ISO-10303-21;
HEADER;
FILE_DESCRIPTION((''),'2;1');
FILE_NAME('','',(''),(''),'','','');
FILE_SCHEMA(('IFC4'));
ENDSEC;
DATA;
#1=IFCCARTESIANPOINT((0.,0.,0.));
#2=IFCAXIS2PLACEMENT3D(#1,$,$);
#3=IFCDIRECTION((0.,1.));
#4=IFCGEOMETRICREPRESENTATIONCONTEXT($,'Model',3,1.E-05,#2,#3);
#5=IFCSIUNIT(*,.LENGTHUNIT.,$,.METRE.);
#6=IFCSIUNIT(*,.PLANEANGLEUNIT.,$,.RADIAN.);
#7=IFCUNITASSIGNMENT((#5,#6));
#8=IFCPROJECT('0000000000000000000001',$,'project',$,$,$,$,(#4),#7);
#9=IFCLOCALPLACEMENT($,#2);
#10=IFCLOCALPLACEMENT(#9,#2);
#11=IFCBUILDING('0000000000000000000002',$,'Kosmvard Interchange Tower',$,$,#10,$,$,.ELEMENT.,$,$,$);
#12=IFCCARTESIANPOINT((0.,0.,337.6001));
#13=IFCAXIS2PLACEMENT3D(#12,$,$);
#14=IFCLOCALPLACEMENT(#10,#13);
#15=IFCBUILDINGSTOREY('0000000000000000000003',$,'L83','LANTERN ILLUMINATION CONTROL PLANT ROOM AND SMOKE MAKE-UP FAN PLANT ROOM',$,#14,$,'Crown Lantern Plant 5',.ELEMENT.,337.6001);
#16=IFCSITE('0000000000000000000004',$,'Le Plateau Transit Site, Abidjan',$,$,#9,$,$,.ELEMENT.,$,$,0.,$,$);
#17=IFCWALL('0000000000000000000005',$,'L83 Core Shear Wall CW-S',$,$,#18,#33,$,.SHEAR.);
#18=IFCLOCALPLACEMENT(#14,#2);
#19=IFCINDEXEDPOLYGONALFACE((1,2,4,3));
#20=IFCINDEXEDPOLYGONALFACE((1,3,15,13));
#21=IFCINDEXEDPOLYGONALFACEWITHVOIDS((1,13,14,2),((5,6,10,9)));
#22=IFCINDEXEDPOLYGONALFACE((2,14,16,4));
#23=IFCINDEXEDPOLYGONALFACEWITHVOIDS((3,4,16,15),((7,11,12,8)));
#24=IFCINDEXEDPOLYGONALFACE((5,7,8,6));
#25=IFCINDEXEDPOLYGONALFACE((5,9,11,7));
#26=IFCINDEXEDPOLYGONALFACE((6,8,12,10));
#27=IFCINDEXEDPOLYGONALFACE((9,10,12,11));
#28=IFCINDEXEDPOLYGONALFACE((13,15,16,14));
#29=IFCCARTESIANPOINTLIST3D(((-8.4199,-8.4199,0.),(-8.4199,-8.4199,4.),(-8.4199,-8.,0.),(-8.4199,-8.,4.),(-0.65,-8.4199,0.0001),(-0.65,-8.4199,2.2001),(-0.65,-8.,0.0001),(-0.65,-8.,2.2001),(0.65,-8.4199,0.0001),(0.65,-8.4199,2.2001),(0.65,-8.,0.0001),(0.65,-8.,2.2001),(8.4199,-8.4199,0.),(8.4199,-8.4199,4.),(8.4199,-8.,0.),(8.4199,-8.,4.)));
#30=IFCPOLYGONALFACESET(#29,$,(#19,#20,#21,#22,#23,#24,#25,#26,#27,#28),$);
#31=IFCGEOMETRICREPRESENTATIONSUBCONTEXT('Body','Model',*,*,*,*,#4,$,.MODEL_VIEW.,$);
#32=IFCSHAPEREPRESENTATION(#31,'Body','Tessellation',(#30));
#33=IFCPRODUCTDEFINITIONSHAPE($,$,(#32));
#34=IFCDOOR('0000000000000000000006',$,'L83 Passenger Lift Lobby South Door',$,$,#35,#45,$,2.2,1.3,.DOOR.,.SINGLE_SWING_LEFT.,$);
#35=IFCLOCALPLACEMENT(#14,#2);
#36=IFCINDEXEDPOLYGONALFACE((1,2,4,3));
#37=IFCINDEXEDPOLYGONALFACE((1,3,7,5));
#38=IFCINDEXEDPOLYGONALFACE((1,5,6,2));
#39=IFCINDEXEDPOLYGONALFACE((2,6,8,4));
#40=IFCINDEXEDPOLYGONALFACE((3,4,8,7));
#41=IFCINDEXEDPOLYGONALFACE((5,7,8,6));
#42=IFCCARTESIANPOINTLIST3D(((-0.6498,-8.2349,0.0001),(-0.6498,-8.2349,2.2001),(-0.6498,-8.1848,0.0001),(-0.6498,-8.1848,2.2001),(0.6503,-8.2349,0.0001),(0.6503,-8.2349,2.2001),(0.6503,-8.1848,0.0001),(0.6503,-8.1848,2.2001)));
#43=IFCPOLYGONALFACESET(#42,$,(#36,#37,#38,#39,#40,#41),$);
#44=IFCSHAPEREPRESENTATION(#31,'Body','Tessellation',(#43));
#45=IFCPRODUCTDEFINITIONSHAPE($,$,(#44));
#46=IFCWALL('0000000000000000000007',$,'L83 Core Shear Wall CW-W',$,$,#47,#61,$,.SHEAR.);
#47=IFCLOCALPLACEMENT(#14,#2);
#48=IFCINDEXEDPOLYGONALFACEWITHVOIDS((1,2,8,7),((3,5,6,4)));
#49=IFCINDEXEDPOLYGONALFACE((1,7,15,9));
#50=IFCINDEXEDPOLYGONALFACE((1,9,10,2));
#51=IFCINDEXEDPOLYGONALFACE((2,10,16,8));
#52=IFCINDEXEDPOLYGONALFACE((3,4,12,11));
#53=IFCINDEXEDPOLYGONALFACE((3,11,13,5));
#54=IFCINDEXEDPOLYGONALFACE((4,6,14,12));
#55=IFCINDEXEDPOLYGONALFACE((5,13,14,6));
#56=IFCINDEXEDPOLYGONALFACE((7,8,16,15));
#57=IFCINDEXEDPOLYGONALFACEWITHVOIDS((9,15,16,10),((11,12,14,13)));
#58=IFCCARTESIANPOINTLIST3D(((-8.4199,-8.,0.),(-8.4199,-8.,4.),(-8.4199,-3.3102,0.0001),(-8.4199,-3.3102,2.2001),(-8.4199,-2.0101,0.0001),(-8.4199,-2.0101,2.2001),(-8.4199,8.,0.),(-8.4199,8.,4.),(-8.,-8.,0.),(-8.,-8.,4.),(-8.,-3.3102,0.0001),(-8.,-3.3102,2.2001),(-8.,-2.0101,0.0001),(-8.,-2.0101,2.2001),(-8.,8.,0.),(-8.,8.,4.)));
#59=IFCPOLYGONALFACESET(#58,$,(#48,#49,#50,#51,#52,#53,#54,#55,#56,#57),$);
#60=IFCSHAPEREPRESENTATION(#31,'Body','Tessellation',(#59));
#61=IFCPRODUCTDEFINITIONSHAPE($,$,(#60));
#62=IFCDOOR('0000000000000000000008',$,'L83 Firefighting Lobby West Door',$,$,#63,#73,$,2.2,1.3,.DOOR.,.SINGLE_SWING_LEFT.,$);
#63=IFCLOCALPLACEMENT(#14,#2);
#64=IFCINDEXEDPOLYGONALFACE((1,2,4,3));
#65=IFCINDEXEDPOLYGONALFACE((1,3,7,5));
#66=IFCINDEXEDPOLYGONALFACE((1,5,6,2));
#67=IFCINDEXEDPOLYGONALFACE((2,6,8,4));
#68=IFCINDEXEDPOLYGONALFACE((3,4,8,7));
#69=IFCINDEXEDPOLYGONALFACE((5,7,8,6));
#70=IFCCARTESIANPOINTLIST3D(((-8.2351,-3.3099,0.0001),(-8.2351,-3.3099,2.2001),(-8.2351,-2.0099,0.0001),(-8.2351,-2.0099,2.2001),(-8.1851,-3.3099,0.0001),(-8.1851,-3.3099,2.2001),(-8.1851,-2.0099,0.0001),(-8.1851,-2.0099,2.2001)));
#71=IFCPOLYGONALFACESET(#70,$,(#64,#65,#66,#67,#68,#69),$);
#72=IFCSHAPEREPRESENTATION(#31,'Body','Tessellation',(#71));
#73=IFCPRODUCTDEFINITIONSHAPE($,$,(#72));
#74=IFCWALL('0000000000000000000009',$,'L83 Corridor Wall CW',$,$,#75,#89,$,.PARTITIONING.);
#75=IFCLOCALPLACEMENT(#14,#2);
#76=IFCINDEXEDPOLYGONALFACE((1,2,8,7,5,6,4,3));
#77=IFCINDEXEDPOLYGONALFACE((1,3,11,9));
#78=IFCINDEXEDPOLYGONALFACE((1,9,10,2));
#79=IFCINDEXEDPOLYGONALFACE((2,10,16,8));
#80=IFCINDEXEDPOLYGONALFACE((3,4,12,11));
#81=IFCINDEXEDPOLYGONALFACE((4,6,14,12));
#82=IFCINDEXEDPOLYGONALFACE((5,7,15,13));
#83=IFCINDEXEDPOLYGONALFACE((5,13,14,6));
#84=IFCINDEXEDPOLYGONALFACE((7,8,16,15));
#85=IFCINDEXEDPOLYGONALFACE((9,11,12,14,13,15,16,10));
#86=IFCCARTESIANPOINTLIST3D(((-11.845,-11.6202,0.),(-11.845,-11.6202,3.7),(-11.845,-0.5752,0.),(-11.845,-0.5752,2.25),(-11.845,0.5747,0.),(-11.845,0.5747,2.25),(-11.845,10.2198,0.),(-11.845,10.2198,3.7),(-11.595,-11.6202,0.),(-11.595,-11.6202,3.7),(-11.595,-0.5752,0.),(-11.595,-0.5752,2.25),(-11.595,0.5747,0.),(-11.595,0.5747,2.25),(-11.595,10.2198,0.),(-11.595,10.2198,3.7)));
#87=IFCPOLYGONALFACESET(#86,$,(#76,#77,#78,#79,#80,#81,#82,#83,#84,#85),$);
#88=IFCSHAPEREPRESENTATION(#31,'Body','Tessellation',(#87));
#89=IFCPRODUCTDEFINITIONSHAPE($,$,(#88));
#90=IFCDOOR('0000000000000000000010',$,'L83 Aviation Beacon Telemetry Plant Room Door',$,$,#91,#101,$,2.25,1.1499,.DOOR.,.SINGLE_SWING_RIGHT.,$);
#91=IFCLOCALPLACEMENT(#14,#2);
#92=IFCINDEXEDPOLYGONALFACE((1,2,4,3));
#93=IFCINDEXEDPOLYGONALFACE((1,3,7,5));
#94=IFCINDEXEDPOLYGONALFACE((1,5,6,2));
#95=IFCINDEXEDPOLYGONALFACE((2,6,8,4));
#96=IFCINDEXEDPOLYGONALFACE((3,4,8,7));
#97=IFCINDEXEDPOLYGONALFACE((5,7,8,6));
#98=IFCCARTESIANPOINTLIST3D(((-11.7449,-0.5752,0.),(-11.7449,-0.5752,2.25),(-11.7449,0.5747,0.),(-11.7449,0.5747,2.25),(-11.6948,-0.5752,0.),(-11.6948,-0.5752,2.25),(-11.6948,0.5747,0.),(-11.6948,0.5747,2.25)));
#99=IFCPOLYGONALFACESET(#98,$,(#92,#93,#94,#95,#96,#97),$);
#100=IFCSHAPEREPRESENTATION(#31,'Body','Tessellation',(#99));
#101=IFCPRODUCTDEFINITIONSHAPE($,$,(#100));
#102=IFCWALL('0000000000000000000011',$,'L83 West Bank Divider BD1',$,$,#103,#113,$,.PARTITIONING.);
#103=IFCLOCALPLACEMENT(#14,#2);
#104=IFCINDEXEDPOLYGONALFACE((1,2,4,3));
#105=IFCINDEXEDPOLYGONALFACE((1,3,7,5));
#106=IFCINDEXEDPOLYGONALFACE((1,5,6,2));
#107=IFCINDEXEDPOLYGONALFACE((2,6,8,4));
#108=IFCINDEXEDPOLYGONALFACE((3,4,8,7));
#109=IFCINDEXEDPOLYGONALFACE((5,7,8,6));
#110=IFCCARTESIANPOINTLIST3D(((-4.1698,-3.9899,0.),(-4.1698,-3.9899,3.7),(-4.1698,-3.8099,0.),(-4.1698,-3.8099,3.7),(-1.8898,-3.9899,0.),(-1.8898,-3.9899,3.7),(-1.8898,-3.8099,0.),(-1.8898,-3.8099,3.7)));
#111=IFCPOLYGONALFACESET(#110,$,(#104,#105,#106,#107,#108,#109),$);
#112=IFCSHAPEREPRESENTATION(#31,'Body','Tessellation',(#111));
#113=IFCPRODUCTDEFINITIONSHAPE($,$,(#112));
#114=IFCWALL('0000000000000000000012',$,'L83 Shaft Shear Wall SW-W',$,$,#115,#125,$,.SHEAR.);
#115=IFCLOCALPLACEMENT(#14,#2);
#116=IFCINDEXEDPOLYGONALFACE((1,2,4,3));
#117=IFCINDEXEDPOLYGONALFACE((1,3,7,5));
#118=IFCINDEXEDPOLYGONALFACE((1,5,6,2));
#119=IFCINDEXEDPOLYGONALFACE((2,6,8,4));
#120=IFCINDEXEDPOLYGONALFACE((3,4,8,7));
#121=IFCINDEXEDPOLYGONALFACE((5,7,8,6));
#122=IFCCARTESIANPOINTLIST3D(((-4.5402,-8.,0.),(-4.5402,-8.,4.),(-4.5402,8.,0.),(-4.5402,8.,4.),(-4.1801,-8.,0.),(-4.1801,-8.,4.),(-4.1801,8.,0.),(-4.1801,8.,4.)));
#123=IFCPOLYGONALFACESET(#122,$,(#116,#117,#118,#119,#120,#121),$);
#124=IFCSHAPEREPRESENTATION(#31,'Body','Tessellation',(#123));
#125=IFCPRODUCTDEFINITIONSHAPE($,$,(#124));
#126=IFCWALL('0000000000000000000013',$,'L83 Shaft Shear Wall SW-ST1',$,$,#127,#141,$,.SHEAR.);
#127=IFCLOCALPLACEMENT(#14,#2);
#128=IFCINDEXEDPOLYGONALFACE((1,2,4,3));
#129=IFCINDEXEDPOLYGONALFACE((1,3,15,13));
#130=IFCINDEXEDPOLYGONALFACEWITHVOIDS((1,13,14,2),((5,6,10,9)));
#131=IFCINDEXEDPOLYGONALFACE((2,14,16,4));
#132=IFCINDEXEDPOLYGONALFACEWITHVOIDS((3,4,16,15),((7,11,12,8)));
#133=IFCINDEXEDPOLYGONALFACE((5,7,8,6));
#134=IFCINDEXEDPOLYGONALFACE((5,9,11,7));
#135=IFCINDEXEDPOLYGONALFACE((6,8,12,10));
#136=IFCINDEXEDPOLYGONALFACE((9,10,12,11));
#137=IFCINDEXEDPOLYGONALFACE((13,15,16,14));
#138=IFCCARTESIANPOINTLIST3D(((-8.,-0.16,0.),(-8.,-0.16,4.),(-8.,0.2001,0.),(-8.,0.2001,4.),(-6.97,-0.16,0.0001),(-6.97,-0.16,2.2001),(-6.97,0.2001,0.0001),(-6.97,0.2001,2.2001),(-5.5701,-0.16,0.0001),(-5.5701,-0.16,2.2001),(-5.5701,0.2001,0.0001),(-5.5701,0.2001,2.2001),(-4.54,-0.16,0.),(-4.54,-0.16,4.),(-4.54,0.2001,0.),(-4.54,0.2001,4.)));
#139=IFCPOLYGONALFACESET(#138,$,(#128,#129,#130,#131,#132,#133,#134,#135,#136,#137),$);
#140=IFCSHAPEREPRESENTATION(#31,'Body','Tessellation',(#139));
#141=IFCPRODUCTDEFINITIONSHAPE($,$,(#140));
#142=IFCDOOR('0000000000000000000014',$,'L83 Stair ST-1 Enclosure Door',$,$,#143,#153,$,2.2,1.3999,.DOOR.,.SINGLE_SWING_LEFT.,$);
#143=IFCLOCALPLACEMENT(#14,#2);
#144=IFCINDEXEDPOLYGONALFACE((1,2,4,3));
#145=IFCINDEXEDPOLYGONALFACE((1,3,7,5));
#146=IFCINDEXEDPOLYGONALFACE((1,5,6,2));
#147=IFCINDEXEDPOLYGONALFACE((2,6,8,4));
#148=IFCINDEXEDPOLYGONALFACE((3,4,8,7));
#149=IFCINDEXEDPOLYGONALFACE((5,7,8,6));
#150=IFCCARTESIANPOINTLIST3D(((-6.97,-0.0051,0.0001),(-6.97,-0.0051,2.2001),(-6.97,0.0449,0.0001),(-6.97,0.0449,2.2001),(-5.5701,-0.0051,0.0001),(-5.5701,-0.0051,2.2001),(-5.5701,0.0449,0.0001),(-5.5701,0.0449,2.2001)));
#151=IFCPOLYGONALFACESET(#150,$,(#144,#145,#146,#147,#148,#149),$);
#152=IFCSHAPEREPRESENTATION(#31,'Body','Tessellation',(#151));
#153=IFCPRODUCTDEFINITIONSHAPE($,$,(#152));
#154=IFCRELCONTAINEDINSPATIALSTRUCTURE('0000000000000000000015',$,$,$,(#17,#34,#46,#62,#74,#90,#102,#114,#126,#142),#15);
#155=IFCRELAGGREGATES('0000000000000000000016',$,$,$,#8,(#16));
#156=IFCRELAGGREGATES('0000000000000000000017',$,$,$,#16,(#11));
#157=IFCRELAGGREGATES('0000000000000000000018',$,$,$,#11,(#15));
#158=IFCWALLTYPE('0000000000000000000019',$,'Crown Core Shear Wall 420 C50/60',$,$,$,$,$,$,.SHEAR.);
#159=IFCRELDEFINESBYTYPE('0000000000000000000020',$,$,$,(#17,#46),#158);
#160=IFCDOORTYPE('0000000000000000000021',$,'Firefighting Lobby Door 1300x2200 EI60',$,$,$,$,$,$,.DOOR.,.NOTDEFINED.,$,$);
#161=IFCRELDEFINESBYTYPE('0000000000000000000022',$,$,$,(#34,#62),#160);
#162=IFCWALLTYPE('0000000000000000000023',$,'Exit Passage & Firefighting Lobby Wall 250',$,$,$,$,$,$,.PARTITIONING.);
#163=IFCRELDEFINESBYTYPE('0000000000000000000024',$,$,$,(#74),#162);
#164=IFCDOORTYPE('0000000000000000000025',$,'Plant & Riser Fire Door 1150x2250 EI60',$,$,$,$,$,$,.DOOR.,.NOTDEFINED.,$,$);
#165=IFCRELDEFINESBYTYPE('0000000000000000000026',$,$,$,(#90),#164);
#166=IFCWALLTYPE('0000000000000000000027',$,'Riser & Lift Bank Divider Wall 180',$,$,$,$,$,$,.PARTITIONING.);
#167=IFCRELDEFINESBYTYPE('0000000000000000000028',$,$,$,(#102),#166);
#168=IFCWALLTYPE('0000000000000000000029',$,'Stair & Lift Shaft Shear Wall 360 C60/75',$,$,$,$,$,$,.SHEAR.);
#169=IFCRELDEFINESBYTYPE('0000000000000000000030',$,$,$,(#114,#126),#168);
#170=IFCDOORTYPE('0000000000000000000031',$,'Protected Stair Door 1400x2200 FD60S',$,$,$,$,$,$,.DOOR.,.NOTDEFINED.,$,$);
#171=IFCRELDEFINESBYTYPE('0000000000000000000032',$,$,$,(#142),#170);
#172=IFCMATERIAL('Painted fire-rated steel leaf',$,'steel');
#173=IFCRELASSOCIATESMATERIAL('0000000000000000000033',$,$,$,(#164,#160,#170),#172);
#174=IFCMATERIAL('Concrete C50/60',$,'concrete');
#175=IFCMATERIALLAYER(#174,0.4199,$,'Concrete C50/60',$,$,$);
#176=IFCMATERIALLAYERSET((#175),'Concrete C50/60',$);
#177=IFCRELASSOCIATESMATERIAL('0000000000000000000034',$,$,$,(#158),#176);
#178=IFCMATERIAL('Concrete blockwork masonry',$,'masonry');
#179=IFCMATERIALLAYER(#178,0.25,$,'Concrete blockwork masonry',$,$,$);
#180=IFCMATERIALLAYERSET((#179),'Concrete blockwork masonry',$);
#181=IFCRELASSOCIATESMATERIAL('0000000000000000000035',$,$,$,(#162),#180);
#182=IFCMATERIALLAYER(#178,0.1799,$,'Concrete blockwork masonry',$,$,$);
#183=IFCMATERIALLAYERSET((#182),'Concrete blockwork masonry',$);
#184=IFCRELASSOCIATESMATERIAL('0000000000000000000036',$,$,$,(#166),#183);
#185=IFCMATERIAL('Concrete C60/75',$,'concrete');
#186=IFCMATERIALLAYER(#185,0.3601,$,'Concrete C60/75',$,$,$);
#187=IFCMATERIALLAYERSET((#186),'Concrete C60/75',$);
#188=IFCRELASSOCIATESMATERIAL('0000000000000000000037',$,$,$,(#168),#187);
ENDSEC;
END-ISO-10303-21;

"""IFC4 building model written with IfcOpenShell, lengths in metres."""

from ifc_helpers import new_model, si_unit, direction, frame, frame_2d, origin, place, context, subcontext, project, spatial, rectangle, extrude, source, transform, mapped, material, layer, layer_set, type_object, element, fill, save


model = new_model("IFC4")

# Units and contexts
model_context = context("Model", 3, precision=1e-05, world=origin(), true_north=direction((0.0, 1.0)))
body_context = subcontext(model_context, "Body", "Model", "MODEL_VIEW")
ifc_project = project(units=[si_unit("LENGTHUNIT", "METRE"), si_unit("PLANEANGLEUNIT", "RADIAN")], contexts=[model_context])

# Site, building, storey
site_placement = place(None, origin())
site = spatial("IfcSite", under=ifc_project, at=site_placement, Name="Le Plateau Transit Site, Abidjan", CompositionType="ELEMENT", RefElevation=0.0)
building_placement = place(site_placement, origin())
building = spatial("IfcBuilding", under=site, at=building_placement, Name="Kosmvard Interchange Tower", CompositionType="ELEMENT")
storey_placement = place(building_placement, frame((0.0, 0.0, 337.6001)))
storey = spatial("IfcBuildingStorey", under=building, at=storey_placement, Name="L83", Description="LANTERN ILLUMINATION CONTROL PLANT ROOM AND SMOKE MAKE-UP FAN PLANT ROOM", LongName="Crown Lantern Plant 5", CompositionType="ELEMENT", Elevation=337.6001)

# Shared definitions
ifc_material_1 = material(Name="Concrete C50/60", Category="concrete")

# Shared definitions
ifc_material_2 = material(Name="Painted fire-rated steel leaf", Category="steel")
door_type_1 = type_object("IfcDoorType", Name="Plant & Riser Fire Door 1150x2250 EI60", OperationType="NOTDEFINED", PredefinedType="DOOR", material=ifc_material_2)
shared_shape_1 = source(origin(), body_context, "Body", "SweptSolid", [
    extrude(rectangle(XDim=1.1499, YDim=2.25, at=frame_2d((0.575, 1.125))), frame((0.0, 0.0249, 0.0), z_axis=(0.0, -1.0, 0.0), x_axis=(1.0, 0.0, 0.0)), (0.0, 0.0, 1.0), 0.05),
])

# Walls, openings, doors
ifc_layer_1 = layer(ifc_material_1, 0.4199, Name="Concrete C50/60")
ifc_layer_set_1 = layer_set([ifc_layer_1], Name="Concrete C50/60")
wall_type_1 = type_object("IfcWallType", Name="Crown Core Shear Wall 420 C50/60", PredefinedType="SHEAR", material=ifc_layer_set_1)
wall_1_placement = place(storey_placement, frame((-8.4199, -8.21, 0.0), z_axis=(0.0, 0.0, 1.0), x_axis=(1.0, 0.0, 0.0)))
wall_1 = element("IfcWall", 1, at=wall_1_placement, inside=storey, type_object=wall_type_1, Name="L83 Core Shear Wall CW-S", PredefinedType="SHEAR", context=body_context, shape_type="SweptSolid", body=[
    extrude(rectangle(XDim=16.8398, YDim=0.4199, at=frame_2d((8.4199, 0.0))), origin(), (0.0, 0.0, 1.0), 4.0),
])
opening_1_placement = place(wall_1_placement, frame((7.77, 0.0, 0.0)))
opening_1 = element("IfcOpeningElement", 2, at=opening_1_placement, cuts=wall_1, PredefinedType="OPENING", context=body_context, shape_type="SweptSolid", body=[
    extrude(rectangle(XDim=1.3, YDim=2.2, at=frame_2d((0.6499, 1.1001))), frame((0.0, 0.22, 0.0), z_axis=(0.0, -1.0, 0.0), x_axis=(1.0, 0.0, 0.0)), (0.0, 0.0, 1.0), 0.4399),
])
door_type_2 = type_object("IfcDoorType", Name="Firefighting Lobby Door 1300x2200 EI60", OperationType="NOTDEFINED", PredefinedType="DOOR", material=ifc_material_2)
shared_shape_2 = source(origin(), body_context, "Body", "SweptSolid", [
    extrude(rectangle(XDim=1.3, YDim=2.2, at=frame_2d((0.6499, 1.1001))), frame((0.0, 0.0249, 0.0), z_axis=(0.0, -1.0, 0.0), x_axis=(1.0, 0.0, 0.0)), (0.0, 0.0, 1.0), 0.05),
])
door_1_placement = place(opening_1_placement, frame((1.3, 0.0, 0.0), z_axis=(0.0, 0.0, 1.0), x_axis=(-1.0, 0.0, 0.0)))
door_1 = element("IfcDoor", 3, at=door_1_placement, inside=storey, type_object=door_type_2, Name="L83 Passenger Lift Lobby South Door", OperationType="SINGLE_SWING_LEFT", OverallHeight=2.2, OverallWidth=1.3, PredefinedType="DOOR", context=body_context, shape_type="MappedRepresentation", body=[
    mapped(shared_shape_2, transform((0.0, 0.0, 0.0), scale=1.0)),
])
fill(opening_1, door_1)
wall_2_placement = place(storey_placement, frame((-8.21, -8.0, 0.0), z_axis=(0.0, 0.0, 1.0), x_axis=(0.0, 1.0, 0.0)))
wall_2 = element("IfcWall", 4, at=wall_2_placement, inside=storey, type_object=wall_type_1, Name="L83 Core Shear Wall CW-W", PredefinedType="SHEAR", context=body_context, shape_type="SweptSolid", body=[
    extrude(rectangle(XDim=16.0, YDim=0.4199, at=frame_2d((8.0, 0.0))), origin(), (0.0, 0.0, 1.0), 4.0),
])
opening_2_placement = place(wall_2_placement, frame((4.6899, 0.0, 0.0)))
opening_2 = element("IfcOpeningElement", 5, at=opening_2_placement, cuts=wall_2, PredefinedType="OPENING", context=body_context, shape_type="SweptSolid", body=[
    extrude(rectangle(XDim=1.3, YDim=2.2, at=frame_2d((0.6499, 1.1001))), frame((0.0, 0.22, 0.0), z_axis=(0.0, -1.0, 0.0), x_axis=(1.0, 0.0, 0.0)), (0.0, 0.0, 1.0), 0.4399),
])
door_2_placement = place(opening_2_placement, frame((1.3, 0.0, 0.0), z_axis=(0.0, 0.0, 1.0), x_axis=(-1.0, 0.0, 0.0)))
door_2 = element("IfcDoor", 6, at=door_2_placement, inside=storey, type_object=door_type_2, Name="L83 Firefighting Lobby West Door", OperationType="SINGLE_SWING_LEFT", OverallHeight=2.2, OverallWidth=1.3, PredefinedType="DOOR", context=body_context, shape_type="MappedRepresentation", body=[
    mapped(shared_shape_2, transform((0.0, 0.0, 0.0), scale=1.0)),
])
fill(opening_2, door_2)
ifc_material_3 = material(Name="Concrete blockwork masonry", Category="masonry")
ifc_layer_2 = layer(ifc_material_3, 0.25, Name="Concrete blockwork masonry")
ifc_layer_set_2 = layer_set([ifc_layer_2], Name="Concrete blockwork masonry")
wall_type_2 = type_object("IfcWallType", Name="Exit Passage & Firefighting Lobby Wall 250", PredefinedType="PARTITIONING", material=ifc_layer_set_2)
wall_3_placement = place(storey_placement, frame((-11.72, -11.6201, 0.0), z_axis=(0.0, 0.0, 1.0), x_axis=(0.0, 1.0, 0.0)))
wall_3 = element("IfcWall", 7, at=wall_3_placement, inside=storey, type_object=wall_type_2, Name="L83 Corridor Wall CW", PredefinedType="PARTITIONING", context=body_context, shape_type="SweptSolid", body=[
    extrude(rectangle(XDim=21.8401, YDim=0.25, at=frame_2d((10.9199, 0.0))), origin(), (0.0, 0.0, 1.0), 3.7),
])
opening_3_placement = place(wall_3_placement, frame((11.0449, 0.0, 0.0)))
opening_3 = element("IfcOpeningElement", 8, at=opening_3_placement, cuts=wall_3, PredefinedType="OPENING", context=body_context, shape_type="SweptSolid", body=[
    extrude(rectangle(XDim=1.1499, YDim=2.25, at=frame_2d((0.575, 1.125))), frame((0.0, 0.135, 0.0), z_axis=(0.0, -1.0, 0.0), x_axis=(1.0, 0.0, 0.0)), (0.0, 0.0, 1.0), 0.27),
])
door_3_placement = place(opening_3_placement, origin())
door_3 = element("IfcDoor", 9, at=door_3_placement, inside=storey, type_object=door_type_1, Name="L83 Aviation Beacon Telemetry Plant Room Door", OperationType="SINGLE_SWING_RIGHT", OverallHeight=2.25, OverallWidth=1.1499, PredefinedType="DOOR", context=body_context, shape_type="MappedRepresentation", body=[
    mapped(shared_shape_1, transform((0.0, 0.0, 0.0), scale=1.0)),
])
fill(opening_3, door_3)

# Walls
ifc_layer_3 = layer(ifc_material_3, 0.1799, Name="Concrete blockwork masonry")
ifc_layer_set_3 = layer_set([ifc_layer_3], Name="Concrete blockwork masonry")
wall_type_3 = type_object("IfcWallType", Name="Riser & Lift Bank Divider Wall 180", PredefinedType="PARTITIONING", material=ifc_layer_set_3)
wall_4_placement = place(storey_placement, frame((-4.1699, -3.8999, 0.0), z_axis=(0.0, 0.0, 1.0), x_axis=(1.0, 0.0, 0.0)))
element("IfcWall", 10, at=wall_4_placement, inside=storey, type_object=wall_type_3, Name="L83 West Bank Divider BD1", PredefinedType="PARTITIONING", context=body_context, shape_type="SweptSolid", body=[
    extrude(rectangle(XDim=2.28, YDim=0.1799, at=frame_2d((1.1401, 0.0))), origin(), (0.0, 0.0, 1.0), 3.7),
])
ifc_material_4 = material(Name="Concrete C60/75", Category="concrete")
ifc_layer_4 = layer(ifc_material_4, 0.3601, Name="Concrete C60/75")
ifc_layer_set_4 = layer_set([ifc_layer_4], Name="Concrete C60/75")
wall_type_4 = type_object("IfcWallType", Name="Stair & Lift Shaft Shear Wall 360 C60/75", PredefinedType="SHEAR", material=ifc_layer_set_4)
wall_5_placement = place(storey_placement, frame((-4.3601, -8.0, 0.0), z_axis=(0.0, 0.0, 1.0), x_axis=(0.0, 1.0, 0.0)))
element("IfcWall", 11, at=wall_5_placement, inside=storey, type_object=wall_type_4, Name="L83 Shaft Shear Wall SW-W", PredefinedType="SHEAR", context=body_context, shape_type="SweptSolid", body=[
    extrude(rectangle(XDim=16.0, YDim=0.3601, at=frame_2d((8.0, 0.0))), origin(), (0.0, 0.0, 1.0), 4.0),
])

# Wall, opening, door
wall_6_placement = place(storey_placement, frame((-8.0, 0.02, 0.0), z_axis=(0.0, 0.0, 1.0), x_axis=(1.0, 0.0, 0.0)))
wall_6 = element("IfcWall", 12, at=wall_6_placement, inside=storey, type_object=wall_type_4, Name="L83 Shaft Shear Wall SW-ST1", PredefinedType="SHEAR", context=body_context, shape_type="SweptSolid", body=[
    extrude(rectangle(XDim=3.46, YDim=0.3601, at=frame_2d((1.73, 0.0))), origin(), (0.0, 0.0, 1.0), 4.0),
])
opening_4_placement = place(wall_6_placement, frame((1.03, 0.0, 0.0)))
opening_4 = element("IfcOpeningElement", 13, at=opening_4_placement, cuts=wall_6, PredefinedType="OPENING", context=body_context, shape_type="SweptSolid", body=[
    extrude(rectangle(XDim=1.3999, YDim=2.2, at=frame_2d((0.7, 1.1001))), frame((0.0, 0.1899, 0.0), z_axis=(0.0, -1.0, 0.0), x_axis=(1.0, 0.0, 0.0)), (0.0, 0.0, 1.0), 0.3801),
])
door_type_3 = type_object("IfcDoorType", Name="Protected Stair Door 1400x2200 FD60S", OperationType="NOTDEFINED", PredefinedType="DOOR", material=ifc_material_2)
shared_shape_3 = source(origin(), body_context, "Body", "SweptSolid", [
    extrude(rectangle(XDim=1.3999, YDim=2.2, at=frame_2d((0.7, 1.1001))), frame((0.0, 0.0249, 0.0), z_axis=(0.0, -1.0, 0.0), x_axis=(1.0, 0.0, 0.0)), (0.0, 0.0, 1.0), 0.05),
])
door_4_placement = place(opening_4_placement, origin())
door_4 = element("IfcDoor", 14, at=door_4_placement, inside=storey, type_object=door_type_3, Name="L83 Stair ST-1 Enclosure Door", OperationType="SINGLE_SWING_LEFT", OverallHeight=2.2, OverallWidth=1.3999, PredefinedType="DOOR", context=body_context, shape_type="MappedRepresentation", body=[
    mapped(shared_shape_3, transform((0.0, 0.0, 0.0), scale=1.0)),
])
fill(opening_4, door_4)

save(model, "model.ifc")
